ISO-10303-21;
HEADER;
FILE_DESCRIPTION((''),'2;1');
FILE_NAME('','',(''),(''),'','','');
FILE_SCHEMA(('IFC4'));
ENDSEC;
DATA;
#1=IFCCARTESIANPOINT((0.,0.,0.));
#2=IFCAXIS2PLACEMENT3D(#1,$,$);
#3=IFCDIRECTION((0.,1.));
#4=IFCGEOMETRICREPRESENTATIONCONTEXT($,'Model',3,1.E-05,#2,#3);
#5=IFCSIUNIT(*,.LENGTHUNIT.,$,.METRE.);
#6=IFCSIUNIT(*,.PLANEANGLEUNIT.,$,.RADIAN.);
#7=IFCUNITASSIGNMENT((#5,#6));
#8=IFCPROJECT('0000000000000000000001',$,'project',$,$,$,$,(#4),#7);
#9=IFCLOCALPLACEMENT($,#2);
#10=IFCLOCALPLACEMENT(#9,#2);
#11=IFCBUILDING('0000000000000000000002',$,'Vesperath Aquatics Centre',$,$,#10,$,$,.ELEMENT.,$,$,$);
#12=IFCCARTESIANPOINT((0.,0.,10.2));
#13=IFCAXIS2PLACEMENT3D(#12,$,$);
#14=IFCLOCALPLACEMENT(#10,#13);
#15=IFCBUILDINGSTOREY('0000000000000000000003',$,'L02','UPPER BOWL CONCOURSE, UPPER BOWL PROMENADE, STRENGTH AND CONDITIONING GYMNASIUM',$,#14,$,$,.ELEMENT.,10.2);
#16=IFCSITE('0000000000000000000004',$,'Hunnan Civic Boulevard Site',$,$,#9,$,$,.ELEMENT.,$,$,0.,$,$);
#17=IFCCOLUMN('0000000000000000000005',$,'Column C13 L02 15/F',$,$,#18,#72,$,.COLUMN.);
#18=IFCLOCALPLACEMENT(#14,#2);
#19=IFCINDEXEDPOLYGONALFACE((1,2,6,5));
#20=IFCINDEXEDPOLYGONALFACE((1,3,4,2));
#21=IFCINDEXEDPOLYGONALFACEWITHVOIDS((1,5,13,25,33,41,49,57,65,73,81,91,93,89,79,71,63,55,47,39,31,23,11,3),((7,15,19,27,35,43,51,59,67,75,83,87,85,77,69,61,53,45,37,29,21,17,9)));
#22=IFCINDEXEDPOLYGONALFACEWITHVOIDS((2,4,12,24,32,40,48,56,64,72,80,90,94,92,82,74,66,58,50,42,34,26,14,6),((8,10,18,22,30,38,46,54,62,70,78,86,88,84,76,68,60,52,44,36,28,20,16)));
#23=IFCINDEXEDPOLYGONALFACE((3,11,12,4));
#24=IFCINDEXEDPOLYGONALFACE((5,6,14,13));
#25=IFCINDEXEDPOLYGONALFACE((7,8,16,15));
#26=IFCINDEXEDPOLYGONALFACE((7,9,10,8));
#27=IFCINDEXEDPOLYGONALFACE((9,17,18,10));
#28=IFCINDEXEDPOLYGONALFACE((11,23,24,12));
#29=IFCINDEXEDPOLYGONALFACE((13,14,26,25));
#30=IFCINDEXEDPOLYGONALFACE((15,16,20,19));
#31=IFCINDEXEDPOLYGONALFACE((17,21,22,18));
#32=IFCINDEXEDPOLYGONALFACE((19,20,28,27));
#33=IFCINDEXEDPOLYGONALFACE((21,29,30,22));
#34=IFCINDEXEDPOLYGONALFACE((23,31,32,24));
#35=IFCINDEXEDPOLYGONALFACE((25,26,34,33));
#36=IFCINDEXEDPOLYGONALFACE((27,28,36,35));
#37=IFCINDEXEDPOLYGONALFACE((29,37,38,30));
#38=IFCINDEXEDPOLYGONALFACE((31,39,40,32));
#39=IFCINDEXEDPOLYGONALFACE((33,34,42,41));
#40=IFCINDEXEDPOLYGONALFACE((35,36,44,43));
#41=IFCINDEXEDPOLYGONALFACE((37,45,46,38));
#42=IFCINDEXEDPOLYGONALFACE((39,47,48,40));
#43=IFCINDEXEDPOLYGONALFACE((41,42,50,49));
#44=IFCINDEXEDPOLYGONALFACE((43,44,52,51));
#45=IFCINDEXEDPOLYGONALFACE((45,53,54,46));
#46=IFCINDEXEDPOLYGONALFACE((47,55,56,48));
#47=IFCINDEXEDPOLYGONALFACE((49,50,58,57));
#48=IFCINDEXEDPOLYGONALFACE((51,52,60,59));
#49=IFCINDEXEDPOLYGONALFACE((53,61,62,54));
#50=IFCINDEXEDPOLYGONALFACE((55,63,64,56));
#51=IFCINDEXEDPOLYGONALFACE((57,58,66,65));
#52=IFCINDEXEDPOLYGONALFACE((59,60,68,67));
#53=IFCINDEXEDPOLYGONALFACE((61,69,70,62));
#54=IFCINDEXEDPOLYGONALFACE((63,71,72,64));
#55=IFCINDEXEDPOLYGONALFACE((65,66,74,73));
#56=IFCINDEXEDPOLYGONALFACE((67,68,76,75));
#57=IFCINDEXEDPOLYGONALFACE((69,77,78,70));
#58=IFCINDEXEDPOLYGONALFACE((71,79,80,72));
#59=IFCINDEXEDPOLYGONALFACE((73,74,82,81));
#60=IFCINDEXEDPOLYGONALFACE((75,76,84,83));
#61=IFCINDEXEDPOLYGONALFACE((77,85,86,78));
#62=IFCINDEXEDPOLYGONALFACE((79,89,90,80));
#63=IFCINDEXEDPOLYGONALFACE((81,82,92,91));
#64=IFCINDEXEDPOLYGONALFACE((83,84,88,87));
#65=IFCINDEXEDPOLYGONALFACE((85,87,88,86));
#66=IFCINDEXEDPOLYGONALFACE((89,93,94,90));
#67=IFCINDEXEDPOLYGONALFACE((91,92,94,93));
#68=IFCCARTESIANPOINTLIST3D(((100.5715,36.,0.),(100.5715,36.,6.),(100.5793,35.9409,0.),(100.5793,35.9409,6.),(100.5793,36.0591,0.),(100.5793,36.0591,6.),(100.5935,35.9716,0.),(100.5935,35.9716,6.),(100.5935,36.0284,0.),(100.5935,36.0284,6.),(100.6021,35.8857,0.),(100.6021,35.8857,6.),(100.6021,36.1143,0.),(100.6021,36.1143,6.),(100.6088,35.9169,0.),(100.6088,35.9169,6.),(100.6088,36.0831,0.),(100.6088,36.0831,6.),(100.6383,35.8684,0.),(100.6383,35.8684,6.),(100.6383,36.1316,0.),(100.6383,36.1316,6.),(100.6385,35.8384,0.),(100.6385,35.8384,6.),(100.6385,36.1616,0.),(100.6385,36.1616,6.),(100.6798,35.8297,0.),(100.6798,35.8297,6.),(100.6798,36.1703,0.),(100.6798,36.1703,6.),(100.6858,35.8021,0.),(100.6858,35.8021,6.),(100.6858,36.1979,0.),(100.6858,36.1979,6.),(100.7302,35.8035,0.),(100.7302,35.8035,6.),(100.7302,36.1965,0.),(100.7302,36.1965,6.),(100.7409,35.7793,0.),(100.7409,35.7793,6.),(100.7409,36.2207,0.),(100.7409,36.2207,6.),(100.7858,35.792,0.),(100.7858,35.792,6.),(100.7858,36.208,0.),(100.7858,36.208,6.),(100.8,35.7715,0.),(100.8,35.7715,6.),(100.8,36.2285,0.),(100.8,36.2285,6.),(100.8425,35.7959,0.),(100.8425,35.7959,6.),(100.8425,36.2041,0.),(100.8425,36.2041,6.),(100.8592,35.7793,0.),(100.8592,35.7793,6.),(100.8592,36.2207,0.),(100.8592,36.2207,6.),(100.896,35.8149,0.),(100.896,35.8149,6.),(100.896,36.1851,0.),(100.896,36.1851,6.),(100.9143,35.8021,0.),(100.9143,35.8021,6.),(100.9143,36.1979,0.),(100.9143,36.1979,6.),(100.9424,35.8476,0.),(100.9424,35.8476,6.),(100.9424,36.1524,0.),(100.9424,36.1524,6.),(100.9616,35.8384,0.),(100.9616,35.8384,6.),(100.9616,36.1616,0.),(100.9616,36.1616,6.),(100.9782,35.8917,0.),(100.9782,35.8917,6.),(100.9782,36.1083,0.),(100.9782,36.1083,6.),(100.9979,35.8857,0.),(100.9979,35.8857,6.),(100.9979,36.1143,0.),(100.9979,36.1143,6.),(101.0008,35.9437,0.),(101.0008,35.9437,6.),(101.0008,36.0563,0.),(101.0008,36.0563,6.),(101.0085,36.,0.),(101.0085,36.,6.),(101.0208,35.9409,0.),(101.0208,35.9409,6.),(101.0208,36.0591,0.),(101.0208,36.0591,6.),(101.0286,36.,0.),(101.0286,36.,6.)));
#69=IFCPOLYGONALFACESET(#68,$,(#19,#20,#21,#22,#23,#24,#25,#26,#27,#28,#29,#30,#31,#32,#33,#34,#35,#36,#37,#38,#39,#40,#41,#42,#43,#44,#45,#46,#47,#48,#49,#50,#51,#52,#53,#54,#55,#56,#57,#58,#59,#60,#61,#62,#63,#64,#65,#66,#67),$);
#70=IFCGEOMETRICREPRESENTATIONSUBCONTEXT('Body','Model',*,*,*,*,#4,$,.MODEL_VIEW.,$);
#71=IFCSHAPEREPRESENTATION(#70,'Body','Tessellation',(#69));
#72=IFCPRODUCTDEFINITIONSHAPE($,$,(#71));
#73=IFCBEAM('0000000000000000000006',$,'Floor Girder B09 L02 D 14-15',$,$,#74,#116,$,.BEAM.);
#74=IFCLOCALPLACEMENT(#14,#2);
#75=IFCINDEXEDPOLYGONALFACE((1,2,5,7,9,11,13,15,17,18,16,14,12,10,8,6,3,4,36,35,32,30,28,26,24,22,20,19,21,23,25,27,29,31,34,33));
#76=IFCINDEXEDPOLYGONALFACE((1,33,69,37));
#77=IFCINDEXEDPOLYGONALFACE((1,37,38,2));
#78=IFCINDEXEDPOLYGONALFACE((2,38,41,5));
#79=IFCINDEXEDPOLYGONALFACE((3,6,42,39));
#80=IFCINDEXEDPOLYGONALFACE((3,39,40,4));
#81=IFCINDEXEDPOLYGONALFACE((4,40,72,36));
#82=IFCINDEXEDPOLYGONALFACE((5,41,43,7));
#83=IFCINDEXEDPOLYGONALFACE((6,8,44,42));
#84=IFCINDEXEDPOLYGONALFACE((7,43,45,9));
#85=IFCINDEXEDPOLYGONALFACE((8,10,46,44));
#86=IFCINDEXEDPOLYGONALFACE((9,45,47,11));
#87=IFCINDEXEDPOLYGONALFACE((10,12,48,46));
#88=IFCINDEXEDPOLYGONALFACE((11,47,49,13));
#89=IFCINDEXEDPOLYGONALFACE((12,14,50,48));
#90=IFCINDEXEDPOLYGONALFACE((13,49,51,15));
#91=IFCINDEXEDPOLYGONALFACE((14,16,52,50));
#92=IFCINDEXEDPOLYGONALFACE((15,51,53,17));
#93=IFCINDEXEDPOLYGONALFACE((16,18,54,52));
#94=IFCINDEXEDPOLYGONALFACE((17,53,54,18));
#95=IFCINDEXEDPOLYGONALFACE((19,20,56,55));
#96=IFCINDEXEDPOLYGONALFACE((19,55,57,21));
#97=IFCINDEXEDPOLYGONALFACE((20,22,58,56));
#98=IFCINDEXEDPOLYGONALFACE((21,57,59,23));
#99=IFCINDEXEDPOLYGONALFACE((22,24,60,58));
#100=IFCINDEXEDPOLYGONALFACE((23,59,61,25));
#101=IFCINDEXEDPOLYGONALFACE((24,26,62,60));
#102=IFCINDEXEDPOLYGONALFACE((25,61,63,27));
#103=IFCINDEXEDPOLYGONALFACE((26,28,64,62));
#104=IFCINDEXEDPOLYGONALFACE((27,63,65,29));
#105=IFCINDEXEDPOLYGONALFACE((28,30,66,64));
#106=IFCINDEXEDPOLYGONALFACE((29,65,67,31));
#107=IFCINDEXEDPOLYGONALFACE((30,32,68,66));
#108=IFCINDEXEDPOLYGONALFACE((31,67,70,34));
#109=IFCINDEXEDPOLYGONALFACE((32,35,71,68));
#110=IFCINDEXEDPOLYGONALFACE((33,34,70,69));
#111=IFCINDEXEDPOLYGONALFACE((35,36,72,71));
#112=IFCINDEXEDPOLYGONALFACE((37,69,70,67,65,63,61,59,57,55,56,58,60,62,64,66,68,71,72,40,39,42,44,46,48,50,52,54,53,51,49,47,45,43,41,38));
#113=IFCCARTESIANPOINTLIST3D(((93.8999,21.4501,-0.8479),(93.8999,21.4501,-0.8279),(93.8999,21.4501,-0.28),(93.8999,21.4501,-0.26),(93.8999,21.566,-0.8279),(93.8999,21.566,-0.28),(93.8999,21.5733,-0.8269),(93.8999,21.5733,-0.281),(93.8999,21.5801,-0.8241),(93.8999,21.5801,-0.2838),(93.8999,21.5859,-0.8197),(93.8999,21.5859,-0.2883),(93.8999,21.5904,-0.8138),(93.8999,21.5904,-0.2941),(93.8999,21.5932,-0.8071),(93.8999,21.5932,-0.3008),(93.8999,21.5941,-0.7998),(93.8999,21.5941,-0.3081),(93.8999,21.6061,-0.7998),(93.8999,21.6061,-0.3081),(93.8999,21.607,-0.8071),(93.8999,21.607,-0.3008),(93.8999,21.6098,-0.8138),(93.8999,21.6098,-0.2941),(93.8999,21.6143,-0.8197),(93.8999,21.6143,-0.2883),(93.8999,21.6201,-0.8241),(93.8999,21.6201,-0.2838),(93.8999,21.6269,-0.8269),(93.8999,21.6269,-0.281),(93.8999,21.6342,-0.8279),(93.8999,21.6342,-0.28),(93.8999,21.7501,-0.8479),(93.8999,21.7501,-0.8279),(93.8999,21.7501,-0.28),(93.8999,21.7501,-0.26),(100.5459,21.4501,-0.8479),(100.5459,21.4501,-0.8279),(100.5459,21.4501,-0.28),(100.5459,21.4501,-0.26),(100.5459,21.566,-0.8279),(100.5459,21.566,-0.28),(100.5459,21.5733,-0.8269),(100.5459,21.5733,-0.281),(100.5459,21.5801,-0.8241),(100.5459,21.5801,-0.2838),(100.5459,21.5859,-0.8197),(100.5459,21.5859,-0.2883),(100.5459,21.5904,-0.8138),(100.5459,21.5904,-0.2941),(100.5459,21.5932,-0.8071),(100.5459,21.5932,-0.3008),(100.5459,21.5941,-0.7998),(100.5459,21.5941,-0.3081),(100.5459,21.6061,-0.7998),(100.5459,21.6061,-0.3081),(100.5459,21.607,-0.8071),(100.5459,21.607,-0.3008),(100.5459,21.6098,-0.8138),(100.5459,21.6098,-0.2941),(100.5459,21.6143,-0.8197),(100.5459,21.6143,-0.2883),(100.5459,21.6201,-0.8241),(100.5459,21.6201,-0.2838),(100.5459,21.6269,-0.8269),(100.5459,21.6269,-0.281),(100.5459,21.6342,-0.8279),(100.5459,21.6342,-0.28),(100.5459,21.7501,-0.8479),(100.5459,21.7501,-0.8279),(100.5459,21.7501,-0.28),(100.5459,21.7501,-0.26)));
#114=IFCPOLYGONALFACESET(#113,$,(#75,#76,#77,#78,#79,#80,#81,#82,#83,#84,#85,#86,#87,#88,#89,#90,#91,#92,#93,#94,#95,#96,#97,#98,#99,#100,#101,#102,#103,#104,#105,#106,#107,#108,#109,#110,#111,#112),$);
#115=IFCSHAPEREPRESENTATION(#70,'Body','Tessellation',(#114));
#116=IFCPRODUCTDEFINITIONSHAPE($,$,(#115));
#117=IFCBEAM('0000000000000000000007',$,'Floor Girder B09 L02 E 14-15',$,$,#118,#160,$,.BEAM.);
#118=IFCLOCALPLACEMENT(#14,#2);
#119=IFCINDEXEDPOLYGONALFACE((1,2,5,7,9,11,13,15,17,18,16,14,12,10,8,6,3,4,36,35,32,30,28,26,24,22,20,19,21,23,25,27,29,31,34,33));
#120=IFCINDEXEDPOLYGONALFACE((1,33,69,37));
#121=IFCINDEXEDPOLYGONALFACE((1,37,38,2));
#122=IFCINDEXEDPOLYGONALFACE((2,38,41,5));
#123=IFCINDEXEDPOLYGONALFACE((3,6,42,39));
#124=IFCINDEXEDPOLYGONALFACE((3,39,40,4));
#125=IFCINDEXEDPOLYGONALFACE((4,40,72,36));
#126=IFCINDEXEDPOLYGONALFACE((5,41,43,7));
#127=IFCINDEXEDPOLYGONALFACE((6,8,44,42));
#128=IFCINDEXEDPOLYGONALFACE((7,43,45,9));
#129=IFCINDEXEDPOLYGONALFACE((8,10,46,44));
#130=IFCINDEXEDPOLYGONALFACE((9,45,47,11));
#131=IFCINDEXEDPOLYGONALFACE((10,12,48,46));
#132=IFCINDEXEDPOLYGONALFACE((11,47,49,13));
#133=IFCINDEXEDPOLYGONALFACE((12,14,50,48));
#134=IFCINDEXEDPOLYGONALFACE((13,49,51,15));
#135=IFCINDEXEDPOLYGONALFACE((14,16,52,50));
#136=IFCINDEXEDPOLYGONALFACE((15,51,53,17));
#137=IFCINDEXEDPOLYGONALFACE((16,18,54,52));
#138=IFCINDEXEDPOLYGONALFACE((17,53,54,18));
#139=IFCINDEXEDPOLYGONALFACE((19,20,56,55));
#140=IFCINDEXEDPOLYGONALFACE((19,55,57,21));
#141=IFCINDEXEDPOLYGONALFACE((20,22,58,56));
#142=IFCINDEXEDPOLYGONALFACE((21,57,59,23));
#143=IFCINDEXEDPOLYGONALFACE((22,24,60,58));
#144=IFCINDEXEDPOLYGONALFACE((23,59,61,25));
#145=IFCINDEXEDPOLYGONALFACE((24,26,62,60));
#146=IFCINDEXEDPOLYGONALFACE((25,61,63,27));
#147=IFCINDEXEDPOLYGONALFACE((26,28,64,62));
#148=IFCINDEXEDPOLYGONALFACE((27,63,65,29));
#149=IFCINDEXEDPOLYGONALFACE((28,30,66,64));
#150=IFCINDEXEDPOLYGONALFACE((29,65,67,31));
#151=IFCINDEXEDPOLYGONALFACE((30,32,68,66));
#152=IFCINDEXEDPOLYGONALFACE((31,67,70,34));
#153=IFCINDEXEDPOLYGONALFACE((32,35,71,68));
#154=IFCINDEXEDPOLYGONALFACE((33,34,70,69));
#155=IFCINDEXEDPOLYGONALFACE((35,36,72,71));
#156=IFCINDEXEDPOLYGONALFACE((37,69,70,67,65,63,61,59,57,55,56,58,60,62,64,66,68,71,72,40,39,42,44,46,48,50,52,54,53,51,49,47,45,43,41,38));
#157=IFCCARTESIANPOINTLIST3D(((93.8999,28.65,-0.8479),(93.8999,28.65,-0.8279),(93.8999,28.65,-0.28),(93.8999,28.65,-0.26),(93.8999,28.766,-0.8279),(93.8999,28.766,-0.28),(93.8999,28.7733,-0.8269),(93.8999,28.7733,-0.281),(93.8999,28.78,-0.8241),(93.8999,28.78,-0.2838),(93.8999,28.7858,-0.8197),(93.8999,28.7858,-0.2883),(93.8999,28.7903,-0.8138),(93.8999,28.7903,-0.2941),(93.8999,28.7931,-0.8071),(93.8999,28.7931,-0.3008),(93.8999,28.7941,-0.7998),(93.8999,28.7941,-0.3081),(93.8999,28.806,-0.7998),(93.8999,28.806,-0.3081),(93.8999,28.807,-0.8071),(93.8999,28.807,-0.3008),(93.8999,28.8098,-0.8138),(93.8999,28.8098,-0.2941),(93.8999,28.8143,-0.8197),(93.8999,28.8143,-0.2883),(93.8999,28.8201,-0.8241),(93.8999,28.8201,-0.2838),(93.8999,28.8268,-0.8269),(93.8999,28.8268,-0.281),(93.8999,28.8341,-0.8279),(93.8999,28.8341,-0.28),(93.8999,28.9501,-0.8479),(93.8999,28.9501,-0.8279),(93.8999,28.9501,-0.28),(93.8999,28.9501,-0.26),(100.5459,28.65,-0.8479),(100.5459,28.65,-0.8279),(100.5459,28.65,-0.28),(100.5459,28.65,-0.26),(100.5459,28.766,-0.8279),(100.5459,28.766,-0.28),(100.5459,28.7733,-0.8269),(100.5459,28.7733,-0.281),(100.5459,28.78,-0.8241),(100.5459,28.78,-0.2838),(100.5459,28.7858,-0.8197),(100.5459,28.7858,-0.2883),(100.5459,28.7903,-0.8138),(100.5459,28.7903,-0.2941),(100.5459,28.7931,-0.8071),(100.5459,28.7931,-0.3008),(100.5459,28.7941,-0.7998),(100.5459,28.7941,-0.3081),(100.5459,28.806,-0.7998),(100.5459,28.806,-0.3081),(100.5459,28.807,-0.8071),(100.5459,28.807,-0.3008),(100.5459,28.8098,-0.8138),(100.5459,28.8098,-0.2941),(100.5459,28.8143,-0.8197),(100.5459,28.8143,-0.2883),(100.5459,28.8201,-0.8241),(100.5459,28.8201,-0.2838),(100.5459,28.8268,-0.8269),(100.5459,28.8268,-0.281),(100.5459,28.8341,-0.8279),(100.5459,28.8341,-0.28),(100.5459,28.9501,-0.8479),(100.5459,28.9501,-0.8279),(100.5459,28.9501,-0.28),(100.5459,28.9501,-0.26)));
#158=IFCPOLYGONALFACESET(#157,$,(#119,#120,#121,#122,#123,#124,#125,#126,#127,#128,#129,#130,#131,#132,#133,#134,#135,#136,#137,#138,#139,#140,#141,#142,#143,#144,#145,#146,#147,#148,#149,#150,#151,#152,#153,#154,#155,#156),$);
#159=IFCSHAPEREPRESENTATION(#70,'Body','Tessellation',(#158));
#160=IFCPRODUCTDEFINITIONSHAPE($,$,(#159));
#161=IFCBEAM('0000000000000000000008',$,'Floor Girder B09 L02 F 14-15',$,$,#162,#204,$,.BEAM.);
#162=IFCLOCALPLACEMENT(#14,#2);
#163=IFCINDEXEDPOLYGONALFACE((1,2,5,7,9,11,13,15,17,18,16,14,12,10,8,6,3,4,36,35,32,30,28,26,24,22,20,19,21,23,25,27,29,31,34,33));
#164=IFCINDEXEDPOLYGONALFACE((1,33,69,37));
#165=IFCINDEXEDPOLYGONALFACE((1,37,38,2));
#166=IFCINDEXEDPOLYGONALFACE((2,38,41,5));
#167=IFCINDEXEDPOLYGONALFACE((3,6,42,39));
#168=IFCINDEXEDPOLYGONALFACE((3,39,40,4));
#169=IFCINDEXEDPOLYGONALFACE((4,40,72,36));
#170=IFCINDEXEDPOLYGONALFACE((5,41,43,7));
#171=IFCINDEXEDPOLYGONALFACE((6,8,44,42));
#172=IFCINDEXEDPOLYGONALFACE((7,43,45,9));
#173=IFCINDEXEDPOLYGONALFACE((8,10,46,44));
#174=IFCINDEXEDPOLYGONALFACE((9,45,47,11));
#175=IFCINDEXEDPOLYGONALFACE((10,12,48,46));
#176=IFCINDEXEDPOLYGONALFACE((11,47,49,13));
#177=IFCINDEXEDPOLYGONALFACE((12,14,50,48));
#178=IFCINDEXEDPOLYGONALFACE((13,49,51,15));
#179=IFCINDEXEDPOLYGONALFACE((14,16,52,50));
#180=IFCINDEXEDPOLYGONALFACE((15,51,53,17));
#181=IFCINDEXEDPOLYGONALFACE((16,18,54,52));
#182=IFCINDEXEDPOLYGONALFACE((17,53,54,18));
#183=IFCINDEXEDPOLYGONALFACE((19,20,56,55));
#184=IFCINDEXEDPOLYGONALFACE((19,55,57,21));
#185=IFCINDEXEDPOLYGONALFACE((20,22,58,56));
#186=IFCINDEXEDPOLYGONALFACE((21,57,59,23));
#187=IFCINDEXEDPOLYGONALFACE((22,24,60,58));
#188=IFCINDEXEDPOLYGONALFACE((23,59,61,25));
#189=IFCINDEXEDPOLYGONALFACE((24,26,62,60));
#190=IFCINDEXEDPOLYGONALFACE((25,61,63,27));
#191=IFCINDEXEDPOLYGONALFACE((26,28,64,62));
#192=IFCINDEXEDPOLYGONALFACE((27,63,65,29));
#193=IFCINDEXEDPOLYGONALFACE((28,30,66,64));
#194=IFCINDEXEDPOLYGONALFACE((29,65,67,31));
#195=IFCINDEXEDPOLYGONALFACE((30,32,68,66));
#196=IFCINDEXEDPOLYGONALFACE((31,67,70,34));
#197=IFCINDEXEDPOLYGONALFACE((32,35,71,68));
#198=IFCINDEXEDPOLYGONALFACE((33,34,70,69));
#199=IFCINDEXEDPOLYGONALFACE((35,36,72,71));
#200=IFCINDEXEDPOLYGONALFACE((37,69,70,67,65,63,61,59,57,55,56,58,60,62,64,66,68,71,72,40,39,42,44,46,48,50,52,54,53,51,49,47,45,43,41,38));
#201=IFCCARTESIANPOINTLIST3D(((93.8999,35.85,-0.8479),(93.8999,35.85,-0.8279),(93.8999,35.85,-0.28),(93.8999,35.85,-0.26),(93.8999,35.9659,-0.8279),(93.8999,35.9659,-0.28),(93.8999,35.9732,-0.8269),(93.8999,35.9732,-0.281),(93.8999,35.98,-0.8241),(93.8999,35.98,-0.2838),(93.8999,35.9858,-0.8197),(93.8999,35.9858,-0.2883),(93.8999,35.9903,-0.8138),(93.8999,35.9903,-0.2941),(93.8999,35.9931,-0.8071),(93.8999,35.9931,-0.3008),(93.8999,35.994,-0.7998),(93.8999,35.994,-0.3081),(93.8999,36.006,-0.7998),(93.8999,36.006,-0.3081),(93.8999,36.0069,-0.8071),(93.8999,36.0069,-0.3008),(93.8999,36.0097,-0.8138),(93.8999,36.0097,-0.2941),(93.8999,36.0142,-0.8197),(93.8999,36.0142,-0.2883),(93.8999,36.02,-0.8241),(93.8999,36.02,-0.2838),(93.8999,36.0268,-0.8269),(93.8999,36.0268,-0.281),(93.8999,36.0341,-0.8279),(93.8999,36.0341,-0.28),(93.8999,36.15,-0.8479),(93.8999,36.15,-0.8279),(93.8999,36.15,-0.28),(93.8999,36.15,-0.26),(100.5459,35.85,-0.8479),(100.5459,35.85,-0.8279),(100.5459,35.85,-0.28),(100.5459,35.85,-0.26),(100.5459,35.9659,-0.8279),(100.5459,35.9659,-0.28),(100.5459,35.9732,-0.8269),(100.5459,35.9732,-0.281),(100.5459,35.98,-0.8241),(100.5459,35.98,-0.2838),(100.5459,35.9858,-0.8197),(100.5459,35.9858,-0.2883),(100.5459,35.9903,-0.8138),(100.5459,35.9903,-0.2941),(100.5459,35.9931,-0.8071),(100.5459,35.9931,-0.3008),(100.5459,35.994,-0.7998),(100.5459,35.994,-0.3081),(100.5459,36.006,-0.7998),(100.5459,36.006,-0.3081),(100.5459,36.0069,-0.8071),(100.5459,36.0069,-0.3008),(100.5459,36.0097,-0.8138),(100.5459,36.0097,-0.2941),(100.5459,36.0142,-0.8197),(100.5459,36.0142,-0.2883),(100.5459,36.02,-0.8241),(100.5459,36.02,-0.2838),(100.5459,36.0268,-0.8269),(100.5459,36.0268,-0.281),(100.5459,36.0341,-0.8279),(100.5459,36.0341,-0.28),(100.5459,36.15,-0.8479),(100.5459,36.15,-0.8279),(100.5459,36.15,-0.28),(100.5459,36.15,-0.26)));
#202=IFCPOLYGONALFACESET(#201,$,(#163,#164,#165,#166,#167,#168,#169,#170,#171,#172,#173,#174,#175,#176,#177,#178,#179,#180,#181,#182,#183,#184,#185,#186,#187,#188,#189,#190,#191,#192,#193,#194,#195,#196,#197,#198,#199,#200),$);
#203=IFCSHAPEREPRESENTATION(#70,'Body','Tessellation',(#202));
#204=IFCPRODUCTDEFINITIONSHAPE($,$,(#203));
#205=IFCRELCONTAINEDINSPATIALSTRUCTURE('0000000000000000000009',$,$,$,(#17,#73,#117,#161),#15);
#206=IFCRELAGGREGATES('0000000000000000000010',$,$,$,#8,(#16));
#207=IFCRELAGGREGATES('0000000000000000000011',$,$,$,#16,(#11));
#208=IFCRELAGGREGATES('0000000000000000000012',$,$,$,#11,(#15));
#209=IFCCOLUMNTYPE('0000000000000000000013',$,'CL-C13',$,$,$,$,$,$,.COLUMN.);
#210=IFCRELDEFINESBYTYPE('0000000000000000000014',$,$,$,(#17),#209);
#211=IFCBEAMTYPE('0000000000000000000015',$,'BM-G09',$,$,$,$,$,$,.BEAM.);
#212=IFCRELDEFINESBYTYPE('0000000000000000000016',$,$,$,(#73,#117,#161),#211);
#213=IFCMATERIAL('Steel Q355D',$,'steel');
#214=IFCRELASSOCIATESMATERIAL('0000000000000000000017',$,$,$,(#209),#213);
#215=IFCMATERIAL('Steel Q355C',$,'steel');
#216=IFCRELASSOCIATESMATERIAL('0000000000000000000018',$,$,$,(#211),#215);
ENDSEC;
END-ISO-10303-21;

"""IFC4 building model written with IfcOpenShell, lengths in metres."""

from ifc_helpers import new_model, si_unit, direction, frame, origin, origin_2d, place, context, subcontext, project, spatial, hollow_circle, i_section, extrude, material, material_profile, profile_set, type_object, element, save


model = new_model("IFC4")

# Units and contexts
model_context = context("Model", 3, precision=1e-05, world=origin(), true_north=direction((0.0, 1.0)))
body_context = subcontext(model_context, "Body", "Model", "MODEL_VIEW")
ifc_project = project(units=[si_unit("LENGTHUNIT", "METRE"), si_unit("PLANEANGLEUNIT", "RADIAN")], contexts=[model_context])

# Site, building, storey
site_placement = place(None, origin())
site = spatial("IfcSite", under=ifc_project, at=site_placement, Name="Hunnan Civic Boulevard Site", CompositionType="ELEMENT", RefElevation=0.0)
building_placement = place(site_placement, origin())
building = spatial("IfcBuilding", under=site, at=building_placement, Name="Vesperath Aquatics Centre", CompositionType="ELEMENT")
storey_placement = place(building_placement, frame((0.0, 0.0, 10.2)))
storey = spatial("IfcBuildingStorey", under=building, at=storey_placement, Name="L02", Description="UPPER BOWL CONCOURSE, UPPER BOWL PROMENADE, STRENGTH AND CONDITIONING GYMNASIUM", CompositionType="ELEMENT", Elevation=10.2)

# Column
ifc_material_1 = material(Name="Steel Q355D", Category="steel")
ifc_material_profile_1 = material_profile(ifc_material_1, hollow_circle(Radius=0.2285, WallThickness=0.02, at=origin_2d()), Name="CHS 457.0x20")
ifc_profile_set_1 = profile_set([ifc_material_profile_1], Name="Steel Q355D")
column_type_1 = type_object("IfcColumnType", Name="CL-C13", PredefinedType="COLUMN", material=ifc_profile_set_1)
for number, where, z_axis, x_axis, name in (
    (1, (100.8, 36.0, 0.0), (0.0, 0.0, 1.0), (1.0, 0.0, 0.0), "Column C13 L02 15/F"),
):
    element("IfcColumn", number, at=place(storey_placement, frame(where, z_axis=z_axis, x_axis=x_axis)), inside=storey, type_object=column_type_1, Name=name, PredefinedType="COLUMN", context=body_context, shape_type="SweptSolid", body=[
        extrude(hollow_circle(Radius=0.2285, WallThickness=0.02, at=origin_2d()), origin(), (0.0, 0.0, 1.0), 6.0),
    ])

# Beams
ifc_material_2 = material(Name="Steel Q355C", Category="steel")
ifc_material_profile_2 = material_profile(ifc_material_2, i_section(OverallWidth=0.3, OverallDepth=0.5879, WebThickness=0.012, FlangeThickness=0.02, FilletRadius=0.0281, at=origin_2d()), Name="HM 588x300x12x20")
ifc_profile_set_2 = profile_set([ifc_material_profile_2], Name="Steel Q355C")
beam_type_1 = type_object("IfcBeamType", Name="BM-G09", PredefinedType="BEAM", material=ifc_profile_set_2)
for number, where, z_axis, x_axis, name in (
    (2, (93.8999, 21.6001, -0.554), (1.0, 0.0, 0.0), (0.0, 1.0, 0.0), "Floor Girder B09 L02 D 14-15"),
    (3, (93.8999, 28.8, -0.554), (1.0, 0.0, 0.0), (0.0, 1.0, 0.0), "Floor Girder B09 L02 E 14-15"),
    (4, (93.8999, 36.0, -0.554), (1.0, 0.0, 0.0), (0.0, 1.0, 0.0), "Floor Girder B09 L02 F 14-15"),
):
    element("IfcBeam", number, at=place(storey_placement, frame(where, z_axis=z_axis, x_axis=x_axis)), inside=storey, type_object=beam_type_1, Name=name, PredefinedType="BEAM", context=body_context, shape_type="SweptSolid", body=[
        extrude(i_section(OverallWidth=0.3, OverallDepth=0.5879, WebThickness=0.012, FlangeThickness=0.02, FilletRadius=0.0281, at=origin_2d()), origin(), (0.0, 0.0, 1.0), 6.646),
    ])

save(model, "model.ifc")
